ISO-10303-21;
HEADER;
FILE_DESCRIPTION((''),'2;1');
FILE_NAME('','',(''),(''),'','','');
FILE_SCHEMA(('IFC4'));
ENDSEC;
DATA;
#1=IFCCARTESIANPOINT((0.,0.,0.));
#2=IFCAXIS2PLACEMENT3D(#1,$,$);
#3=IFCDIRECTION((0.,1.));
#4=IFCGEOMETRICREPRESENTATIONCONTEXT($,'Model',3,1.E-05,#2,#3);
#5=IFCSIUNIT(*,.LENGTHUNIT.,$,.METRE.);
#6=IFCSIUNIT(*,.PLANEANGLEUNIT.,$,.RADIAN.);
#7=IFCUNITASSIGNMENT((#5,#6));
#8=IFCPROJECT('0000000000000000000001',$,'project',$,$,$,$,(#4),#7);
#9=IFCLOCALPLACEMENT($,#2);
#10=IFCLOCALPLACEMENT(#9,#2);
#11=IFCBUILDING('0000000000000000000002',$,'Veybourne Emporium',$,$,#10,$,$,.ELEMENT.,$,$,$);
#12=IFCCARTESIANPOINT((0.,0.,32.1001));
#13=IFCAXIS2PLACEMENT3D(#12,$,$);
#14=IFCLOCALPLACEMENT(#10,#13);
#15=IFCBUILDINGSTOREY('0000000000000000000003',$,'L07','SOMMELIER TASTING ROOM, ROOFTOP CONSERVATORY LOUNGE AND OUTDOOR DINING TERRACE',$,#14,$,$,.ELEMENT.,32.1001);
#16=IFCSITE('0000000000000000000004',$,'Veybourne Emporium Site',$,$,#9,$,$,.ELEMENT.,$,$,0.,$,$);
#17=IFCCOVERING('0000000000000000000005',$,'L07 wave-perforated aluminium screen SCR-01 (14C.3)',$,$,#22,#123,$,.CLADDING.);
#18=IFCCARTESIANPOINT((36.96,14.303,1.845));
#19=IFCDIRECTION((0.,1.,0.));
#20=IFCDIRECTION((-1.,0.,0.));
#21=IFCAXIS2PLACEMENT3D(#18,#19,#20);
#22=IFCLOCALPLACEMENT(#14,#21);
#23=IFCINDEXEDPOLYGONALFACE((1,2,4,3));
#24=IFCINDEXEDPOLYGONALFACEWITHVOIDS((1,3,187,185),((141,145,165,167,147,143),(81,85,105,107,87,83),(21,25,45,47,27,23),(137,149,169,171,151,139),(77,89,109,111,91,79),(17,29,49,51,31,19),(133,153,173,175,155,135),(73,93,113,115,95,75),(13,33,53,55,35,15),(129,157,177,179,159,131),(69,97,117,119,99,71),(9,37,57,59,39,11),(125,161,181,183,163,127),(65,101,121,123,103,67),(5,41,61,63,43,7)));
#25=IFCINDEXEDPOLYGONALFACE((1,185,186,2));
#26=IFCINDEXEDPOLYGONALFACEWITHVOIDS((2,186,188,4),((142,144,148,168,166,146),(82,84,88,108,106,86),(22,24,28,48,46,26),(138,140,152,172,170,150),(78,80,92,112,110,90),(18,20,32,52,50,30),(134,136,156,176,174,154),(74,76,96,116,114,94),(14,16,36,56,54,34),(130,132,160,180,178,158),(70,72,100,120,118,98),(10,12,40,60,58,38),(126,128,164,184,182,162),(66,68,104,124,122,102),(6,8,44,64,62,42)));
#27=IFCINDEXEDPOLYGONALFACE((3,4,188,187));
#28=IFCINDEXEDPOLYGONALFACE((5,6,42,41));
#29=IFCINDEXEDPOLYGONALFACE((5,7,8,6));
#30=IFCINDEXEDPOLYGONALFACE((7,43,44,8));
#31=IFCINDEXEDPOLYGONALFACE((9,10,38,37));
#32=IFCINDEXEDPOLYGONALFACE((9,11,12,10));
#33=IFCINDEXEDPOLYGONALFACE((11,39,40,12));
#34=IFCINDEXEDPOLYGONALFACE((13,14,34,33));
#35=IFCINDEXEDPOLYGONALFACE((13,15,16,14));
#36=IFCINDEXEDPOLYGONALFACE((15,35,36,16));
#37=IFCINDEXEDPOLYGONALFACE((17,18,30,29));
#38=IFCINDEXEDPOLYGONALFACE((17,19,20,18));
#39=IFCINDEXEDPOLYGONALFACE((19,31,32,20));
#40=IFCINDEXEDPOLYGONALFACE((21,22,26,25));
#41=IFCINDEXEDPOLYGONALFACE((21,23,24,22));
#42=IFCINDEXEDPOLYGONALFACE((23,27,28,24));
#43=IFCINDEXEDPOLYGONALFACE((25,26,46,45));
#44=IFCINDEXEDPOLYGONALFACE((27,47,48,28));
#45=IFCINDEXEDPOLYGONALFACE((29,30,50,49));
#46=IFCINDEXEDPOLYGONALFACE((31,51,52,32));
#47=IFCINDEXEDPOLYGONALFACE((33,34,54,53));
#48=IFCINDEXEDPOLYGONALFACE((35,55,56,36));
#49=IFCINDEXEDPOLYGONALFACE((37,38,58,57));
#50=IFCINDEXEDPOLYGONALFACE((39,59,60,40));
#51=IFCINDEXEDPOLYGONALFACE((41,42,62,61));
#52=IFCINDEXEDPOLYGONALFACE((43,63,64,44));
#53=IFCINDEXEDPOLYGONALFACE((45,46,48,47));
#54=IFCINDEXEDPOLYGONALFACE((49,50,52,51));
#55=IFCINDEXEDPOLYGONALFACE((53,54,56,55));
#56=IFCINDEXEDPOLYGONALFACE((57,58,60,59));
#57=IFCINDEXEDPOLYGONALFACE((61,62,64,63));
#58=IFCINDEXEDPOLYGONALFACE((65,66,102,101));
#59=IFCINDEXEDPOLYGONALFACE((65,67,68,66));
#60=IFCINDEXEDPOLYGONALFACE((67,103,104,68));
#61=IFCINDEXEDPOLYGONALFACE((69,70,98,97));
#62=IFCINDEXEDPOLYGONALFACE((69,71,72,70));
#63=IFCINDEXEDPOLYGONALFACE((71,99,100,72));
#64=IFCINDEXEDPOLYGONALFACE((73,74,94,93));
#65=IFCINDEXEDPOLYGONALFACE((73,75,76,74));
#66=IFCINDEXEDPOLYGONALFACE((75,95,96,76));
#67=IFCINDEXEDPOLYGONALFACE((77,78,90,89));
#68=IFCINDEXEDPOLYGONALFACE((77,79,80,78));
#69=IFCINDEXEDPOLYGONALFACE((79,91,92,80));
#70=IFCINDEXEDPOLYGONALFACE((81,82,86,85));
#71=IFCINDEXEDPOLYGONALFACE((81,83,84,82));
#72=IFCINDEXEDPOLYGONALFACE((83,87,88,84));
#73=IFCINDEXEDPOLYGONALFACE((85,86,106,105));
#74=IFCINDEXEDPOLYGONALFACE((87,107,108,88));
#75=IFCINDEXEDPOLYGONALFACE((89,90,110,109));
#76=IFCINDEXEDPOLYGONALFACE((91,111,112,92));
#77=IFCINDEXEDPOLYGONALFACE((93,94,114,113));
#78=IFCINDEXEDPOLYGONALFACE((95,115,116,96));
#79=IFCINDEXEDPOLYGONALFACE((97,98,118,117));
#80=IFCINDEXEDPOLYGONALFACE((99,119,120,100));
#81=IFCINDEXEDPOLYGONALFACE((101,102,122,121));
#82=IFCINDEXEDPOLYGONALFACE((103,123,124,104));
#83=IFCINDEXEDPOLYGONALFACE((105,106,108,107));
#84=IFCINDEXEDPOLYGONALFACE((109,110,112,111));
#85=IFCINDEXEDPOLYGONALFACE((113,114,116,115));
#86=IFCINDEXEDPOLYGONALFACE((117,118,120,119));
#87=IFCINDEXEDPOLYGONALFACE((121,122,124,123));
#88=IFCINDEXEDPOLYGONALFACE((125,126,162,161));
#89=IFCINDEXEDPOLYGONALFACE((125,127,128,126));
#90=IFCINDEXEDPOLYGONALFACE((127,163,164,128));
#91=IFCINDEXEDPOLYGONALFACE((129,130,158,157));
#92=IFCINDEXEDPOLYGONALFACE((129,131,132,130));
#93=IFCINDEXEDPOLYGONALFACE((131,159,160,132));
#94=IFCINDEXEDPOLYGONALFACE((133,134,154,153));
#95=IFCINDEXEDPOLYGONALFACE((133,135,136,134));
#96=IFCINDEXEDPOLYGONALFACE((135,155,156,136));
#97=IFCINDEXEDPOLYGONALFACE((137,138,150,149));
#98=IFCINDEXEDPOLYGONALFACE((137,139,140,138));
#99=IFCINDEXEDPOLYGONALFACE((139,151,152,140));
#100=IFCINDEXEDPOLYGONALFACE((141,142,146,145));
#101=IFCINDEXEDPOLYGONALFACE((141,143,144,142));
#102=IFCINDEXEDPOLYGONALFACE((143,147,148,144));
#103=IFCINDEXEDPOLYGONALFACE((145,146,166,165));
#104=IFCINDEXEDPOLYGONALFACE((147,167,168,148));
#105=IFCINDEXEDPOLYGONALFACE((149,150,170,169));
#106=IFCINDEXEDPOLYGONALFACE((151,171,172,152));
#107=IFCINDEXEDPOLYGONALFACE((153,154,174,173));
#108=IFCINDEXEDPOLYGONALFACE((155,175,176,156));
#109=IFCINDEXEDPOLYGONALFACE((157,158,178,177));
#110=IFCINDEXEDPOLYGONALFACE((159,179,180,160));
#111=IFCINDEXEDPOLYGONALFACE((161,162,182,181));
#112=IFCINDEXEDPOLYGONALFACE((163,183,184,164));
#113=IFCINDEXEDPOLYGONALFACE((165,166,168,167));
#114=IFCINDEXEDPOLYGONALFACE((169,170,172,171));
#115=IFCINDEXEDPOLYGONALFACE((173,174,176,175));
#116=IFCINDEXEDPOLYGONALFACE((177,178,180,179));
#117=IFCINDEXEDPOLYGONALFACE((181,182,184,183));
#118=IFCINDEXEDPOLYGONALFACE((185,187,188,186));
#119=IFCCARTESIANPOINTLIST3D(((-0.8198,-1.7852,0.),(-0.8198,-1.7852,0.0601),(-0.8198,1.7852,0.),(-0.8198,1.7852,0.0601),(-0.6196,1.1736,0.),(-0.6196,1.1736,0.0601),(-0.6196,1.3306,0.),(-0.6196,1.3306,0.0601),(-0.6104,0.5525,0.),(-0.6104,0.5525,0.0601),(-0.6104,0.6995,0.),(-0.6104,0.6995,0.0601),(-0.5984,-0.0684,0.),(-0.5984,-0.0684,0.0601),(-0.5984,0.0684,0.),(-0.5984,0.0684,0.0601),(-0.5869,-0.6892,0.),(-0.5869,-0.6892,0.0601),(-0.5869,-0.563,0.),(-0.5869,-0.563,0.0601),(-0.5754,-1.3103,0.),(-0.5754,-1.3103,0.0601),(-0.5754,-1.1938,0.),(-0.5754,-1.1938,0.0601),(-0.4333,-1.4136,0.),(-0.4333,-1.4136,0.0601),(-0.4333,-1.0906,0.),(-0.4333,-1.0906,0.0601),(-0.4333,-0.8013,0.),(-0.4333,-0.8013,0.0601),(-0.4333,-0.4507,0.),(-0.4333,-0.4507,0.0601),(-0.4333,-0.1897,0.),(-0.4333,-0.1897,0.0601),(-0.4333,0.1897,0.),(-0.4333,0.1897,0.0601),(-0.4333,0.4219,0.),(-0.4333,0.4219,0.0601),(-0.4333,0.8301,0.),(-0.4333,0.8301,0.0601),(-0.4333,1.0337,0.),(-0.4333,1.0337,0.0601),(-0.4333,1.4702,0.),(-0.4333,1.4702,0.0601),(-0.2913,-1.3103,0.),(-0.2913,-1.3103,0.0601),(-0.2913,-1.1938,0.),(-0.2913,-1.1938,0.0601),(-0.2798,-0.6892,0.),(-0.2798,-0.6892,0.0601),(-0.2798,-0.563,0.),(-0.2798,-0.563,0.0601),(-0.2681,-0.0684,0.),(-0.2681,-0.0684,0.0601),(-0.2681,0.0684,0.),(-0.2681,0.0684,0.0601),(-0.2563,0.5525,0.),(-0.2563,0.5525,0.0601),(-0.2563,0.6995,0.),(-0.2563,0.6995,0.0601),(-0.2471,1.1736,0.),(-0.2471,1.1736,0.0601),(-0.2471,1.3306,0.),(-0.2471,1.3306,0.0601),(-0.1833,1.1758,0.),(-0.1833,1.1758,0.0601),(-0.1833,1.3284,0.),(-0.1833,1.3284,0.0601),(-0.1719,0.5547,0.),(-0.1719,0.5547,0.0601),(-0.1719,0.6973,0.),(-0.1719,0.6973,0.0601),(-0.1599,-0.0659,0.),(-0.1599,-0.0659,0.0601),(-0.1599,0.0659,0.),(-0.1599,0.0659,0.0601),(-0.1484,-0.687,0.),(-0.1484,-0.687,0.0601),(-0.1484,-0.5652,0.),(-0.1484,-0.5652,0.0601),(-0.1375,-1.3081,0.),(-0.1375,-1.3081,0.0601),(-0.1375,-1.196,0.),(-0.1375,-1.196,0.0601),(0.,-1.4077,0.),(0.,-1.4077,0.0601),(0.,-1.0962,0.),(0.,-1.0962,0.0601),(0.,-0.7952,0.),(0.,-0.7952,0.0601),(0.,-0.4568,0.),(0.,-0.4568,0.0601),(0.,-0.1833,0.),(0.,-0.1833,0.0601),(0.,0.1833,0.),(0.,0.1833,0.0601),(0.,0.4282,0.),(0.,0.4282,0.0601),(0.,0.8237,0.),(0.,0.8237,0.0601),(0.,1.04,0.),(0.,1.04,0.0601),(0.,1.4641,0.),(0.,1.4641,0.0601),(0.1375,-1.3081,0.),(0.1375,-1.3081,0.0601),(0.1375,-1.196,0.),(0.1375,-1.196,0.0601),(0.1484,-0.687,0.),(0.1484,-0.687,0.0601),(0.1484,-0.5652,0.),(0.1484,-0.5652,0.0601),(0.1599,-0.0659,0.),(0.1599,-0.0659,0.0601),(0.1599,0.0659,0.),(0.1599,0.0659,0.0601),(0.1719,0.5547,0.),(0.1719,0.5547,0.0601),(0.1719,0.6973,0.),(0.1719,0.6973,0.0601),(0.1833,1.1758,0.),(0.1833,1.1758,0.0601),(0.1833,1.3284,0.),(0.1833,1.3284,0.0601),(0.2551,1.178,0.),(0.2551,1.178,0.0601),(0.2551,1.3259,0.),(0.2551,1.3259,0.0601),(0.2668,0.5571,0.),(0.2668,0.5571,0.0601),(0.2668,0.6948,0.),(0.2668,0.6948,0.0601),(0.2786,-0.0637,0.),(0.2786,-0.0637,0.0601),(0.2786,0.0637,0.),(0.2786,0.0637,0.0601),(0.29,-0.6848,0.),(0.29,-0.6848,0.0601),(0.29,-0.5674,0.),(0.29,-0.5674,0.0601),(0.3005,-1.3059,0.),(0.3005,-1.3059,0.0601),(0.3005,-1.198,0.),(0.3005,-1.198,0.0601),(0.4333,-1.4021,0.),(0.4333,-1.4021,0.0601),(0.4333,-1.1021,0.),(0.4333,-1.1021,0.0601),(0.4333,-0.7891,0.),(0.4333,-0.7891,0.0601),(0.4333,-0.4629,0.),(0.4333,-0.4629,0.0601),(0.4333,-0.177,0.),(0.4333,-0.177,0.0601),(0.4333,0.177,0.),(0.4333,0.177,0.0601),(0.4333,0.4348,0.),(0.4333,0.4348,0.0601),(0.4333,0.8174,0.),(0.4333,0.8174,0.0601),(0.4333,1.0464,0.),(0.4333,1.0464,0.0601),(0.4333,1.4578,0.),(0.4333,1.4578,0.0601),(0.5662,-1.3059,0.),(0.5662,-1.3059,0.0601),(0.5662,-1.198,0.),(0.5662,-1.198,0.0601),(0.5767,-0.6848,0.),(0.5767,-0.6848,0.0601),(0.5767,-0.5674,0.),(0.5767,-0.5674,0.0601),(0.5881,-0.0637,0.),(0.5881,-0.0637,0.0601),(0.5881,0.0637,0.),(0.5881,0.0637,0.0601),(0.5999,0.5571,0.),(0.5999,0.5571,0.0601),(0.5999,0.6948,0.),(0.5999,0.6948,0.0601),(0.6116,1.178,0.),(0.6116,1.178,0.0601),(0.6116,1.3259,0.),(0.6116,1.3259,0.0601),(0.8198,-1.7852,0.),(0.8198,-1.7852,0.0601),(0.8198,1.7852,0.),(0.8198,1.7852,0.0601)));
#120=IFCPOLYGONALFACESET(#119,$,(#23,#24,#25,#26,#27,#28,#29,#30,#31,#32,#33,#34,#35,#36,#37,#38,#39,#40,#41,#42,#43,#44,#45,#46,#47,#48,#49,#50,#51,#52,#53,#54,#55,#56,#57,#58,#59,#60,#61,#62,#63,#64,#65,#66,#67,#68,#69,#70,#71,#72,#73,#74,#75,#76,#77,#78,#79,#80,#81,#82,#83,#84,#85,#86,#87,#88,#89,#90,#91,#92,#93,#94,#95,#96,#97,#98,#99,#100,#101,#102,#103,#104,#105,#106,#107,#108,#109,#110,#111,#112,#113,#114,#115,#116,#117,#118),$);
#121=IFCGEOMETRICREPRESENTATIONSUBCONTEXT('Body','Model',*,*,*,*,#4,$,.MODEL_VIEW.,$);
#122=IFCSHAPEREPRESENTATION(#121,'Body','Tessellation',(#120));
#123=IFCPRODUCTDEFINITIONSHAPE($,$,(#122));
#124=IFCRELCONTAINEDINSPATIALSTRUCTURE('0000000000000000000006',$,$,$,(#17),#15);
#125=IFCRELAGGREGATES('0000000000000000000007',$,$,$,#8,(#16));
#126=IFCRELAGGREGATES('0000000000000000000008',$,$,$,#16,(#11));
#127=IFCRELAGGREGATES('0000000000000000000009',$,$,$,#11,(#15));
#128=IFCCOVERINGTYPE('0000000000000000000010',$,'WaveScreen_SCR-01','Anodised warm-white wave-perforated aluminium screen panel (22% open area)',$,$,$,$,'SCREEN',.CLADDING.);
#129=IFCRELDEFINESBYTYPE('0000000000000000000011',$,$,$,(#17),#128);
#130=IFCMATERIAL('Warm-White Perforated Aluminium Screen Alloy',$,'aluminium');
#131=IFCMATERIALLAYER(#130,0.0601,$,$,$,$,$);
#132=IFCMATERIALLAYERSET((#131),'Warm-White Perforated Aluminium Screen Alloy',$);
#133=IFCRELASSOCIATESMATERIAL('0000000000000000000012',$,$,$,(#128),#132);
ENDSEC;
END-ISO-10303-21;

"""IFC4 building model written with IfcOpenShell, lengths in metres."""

from ifc_helpers import new_model, si_unit, direction, frame, origin, place, context, subcontext, project, spatial, polyline, outline, extrude, material, layer, layer_set, type_object, element, save


model = new_model("IFC4")

# Units and contexts
model_context = context("Model", 3, precision=1e-05, world=origin(), true_north=direction((0.0, 1.0)))
body_context = subcontext(model_context, "Body", "Model", "MODEL_VIEW")
ifc_project = project(units=[si_unit("LENGTHUNIT", "METRE"), si_unit("PLANEANGLEUNIT", "RADIAN")], contexts=[model_context])

# Site, building, storey
site_placement = place(None, origin())
site = spatial("IfcSite", under=ifc_project, at=site_placement, Name="Veybourne Emporium Site", CompositionType="ELEMENT", RefElevation=0.0)
building_placement = place(site_placement, origin())
building = spatial("IfcBuilding", under=site, at=building_placement, Name="Veybourne Emporium", CompositionType="ELEMENT")
storey_placement = place(building_placement, frame((0.0, 0.0, 32.1001)))
storey = spatial("IfcBuildingStorey", under=building, at=storey_placement, Name="L07", Description="SOMMELIER TASTING ROOM, ROOFTOP CONSERVATORY LOUNGE AND OUTDOOR DINING TERRACE", CompositionType="ELEMENT", Elevation=32.1001)

# Covering
ifc_material_1 = material(Name="Warm-White Perforated Aluminium Screen Alloy", Category="aluminium")
ifc_layer_1 = layer(ifc_material_1, 0.0601)
ifc_layer_set_1 = layer_set([ifc_layer_1], Name="Warm-White Perforated Aluminium Screen Alloy")
covering_type_1 = type_object("IfcCoveringType", Name="WaveScreen_SCR-01", Description="Anodised warm-white wave-perforated aluminium screen panel (22% open area)", ElementType="SCREEN", PredefinedType="CLADDING", material=ifc_layer_set_1)
covering_1_placement = place(storey_placement, frame((36.96, 14.303, 1.845), z_axis=(0.0, 1.0, 0.0), x_axis=(-1.0, 0.0, 0.0)))
element("IfcCovering", 1, at=covering_1_placement, inside=storey, type_object=covering_type_1, Name="L07 wave-perforated aluminium screen SCR-01 (14C.3)", PredefinedType="CLADDING", context=body_context, shape_type="SweptSolid", body=[
    extrude(outline(polyline([(-0.8198, -1.7852), (0.8198, -1.7852), (0.8198, 1.7852), (-0.8198, 1.7852), (-0.8198, -1.7852)]), holes=[polyline([(-0.4333, -1.0906), (-0.2913, -1.1938), (-0.2913, -1.3103), (-0.4333, -1.4136), (-0.5754, -1.3103), (-0.5754, -1.1938), (-0.4333, -1.0906)]), polyline([(-0.4333, -0.4507), (-0.2798, -0.563), (-0.2798, -0.6892), (-0.4333, -0.8013), (-0.5869, -0.6892), (-0.5869, -0.563), (-0.4333, -0.4507)]), polyline([(-0.4333, 0.1897), (-0.2681, 0.0684), (-0.2681, -0.0684), (-0.4333, -0.1897), (-0.5984, -0.0684), (-0.5984, 0.0684), (-0.4333, 0.1897)]), polyline([(-0.4333, 0.8301), (-0.2563, 0.6995), (-0.2563, 0.5525), (-0.4333, 0.4219), (-0.6104, 0.5525), (-0.6104, 0.6995), (-0.4333, 0.8301)]), polyline([(-0.4333, 1.4702), (-0.2471, 1.3306), (-0.2471, 1.1736), (-0.4333, 1.0337), (-0.6196, 1.1736), (-0.6196, 1.3306), (-0.4333, 1.4702)]), polyline([(0.0, -1.0962), (0.1375, -1.196), (0.1375, -1.3081), (0.0, -1.4077), (-0.1375, -1.3081), (-0.1375, -1.196), (0.0, -1.0962)]), polyline([(0.0, -0.4568), (0.1484, -0.5652), (0.1484, -0.687), (0.0, -0.7952), (-0.1484, -0.687), (-0.1484, -0.5652), (0.0, -0.4568)]), polyline([(0.0, 0.1833), (0.1599, 0.0659), (0.1599, -0.0659), (0.0, -0.1833), (-0.1599, -0.0659), (-0.1599, 0.0659), (0.0, 0.1833)]), polyline([(0.0, 0.8237), (0.1719, 0.6973), (0.1719, 0.5547), (0.0, 0.4282), (-0.1719, 0.5547), (-0.1719, 0.6973), (0.0, 0.8237)]), polyline([(0.0, 1.4641), (0.1833, 1.3284), (0.1833, 1.1758), (0.0, 1.04), (-0.1833, 1.1758), (-0.1833, 1.3284), (0.0, 1.4641)]), polyline([(0.4333, -1.1021), (0.5662, -1.198), (0.5662, -1.3059), (0.4333, -1.4021), (0.3005, -1.3059), (0.3005, -1.198), (0.4333, -1.1021)]), polyline([(0.4333, -0.4629), (0.5767, -0.5674), (0.5767, -0.6848), (0.4333, -0.7891), (0.29, -0.6848), (0.29, -0.5674), (0.4333, -0.4629)]), polyline([(0.4333, 0.177), (0.5881, 0.0637), (0.5881, -0.0637), (0.4333, -0.177), (0.2786, -0.0637), (0.2786, 0.0637), (0.4333, 0.177)]), polyline([(0.4333, 0.8174), (0.5999, 0.6948), (0.5999, 0.5571), (0.4333, 0.4348), (0.2668, 0.5571), (0.2668, 0.6948), (0.4333, 0.8174)]), polyline([(0.4333, 1.4578), (0.6116, 1.3259), (0.6116, 1.178), (0.4333, 1.0464), (0.2551, 1.178), (0.2551, 1.3259), (0.4333, 1.4578)])]), origin(), (0.0, 0.0, 1.0), 0.0601),
])

save(model, "model.ifc")
